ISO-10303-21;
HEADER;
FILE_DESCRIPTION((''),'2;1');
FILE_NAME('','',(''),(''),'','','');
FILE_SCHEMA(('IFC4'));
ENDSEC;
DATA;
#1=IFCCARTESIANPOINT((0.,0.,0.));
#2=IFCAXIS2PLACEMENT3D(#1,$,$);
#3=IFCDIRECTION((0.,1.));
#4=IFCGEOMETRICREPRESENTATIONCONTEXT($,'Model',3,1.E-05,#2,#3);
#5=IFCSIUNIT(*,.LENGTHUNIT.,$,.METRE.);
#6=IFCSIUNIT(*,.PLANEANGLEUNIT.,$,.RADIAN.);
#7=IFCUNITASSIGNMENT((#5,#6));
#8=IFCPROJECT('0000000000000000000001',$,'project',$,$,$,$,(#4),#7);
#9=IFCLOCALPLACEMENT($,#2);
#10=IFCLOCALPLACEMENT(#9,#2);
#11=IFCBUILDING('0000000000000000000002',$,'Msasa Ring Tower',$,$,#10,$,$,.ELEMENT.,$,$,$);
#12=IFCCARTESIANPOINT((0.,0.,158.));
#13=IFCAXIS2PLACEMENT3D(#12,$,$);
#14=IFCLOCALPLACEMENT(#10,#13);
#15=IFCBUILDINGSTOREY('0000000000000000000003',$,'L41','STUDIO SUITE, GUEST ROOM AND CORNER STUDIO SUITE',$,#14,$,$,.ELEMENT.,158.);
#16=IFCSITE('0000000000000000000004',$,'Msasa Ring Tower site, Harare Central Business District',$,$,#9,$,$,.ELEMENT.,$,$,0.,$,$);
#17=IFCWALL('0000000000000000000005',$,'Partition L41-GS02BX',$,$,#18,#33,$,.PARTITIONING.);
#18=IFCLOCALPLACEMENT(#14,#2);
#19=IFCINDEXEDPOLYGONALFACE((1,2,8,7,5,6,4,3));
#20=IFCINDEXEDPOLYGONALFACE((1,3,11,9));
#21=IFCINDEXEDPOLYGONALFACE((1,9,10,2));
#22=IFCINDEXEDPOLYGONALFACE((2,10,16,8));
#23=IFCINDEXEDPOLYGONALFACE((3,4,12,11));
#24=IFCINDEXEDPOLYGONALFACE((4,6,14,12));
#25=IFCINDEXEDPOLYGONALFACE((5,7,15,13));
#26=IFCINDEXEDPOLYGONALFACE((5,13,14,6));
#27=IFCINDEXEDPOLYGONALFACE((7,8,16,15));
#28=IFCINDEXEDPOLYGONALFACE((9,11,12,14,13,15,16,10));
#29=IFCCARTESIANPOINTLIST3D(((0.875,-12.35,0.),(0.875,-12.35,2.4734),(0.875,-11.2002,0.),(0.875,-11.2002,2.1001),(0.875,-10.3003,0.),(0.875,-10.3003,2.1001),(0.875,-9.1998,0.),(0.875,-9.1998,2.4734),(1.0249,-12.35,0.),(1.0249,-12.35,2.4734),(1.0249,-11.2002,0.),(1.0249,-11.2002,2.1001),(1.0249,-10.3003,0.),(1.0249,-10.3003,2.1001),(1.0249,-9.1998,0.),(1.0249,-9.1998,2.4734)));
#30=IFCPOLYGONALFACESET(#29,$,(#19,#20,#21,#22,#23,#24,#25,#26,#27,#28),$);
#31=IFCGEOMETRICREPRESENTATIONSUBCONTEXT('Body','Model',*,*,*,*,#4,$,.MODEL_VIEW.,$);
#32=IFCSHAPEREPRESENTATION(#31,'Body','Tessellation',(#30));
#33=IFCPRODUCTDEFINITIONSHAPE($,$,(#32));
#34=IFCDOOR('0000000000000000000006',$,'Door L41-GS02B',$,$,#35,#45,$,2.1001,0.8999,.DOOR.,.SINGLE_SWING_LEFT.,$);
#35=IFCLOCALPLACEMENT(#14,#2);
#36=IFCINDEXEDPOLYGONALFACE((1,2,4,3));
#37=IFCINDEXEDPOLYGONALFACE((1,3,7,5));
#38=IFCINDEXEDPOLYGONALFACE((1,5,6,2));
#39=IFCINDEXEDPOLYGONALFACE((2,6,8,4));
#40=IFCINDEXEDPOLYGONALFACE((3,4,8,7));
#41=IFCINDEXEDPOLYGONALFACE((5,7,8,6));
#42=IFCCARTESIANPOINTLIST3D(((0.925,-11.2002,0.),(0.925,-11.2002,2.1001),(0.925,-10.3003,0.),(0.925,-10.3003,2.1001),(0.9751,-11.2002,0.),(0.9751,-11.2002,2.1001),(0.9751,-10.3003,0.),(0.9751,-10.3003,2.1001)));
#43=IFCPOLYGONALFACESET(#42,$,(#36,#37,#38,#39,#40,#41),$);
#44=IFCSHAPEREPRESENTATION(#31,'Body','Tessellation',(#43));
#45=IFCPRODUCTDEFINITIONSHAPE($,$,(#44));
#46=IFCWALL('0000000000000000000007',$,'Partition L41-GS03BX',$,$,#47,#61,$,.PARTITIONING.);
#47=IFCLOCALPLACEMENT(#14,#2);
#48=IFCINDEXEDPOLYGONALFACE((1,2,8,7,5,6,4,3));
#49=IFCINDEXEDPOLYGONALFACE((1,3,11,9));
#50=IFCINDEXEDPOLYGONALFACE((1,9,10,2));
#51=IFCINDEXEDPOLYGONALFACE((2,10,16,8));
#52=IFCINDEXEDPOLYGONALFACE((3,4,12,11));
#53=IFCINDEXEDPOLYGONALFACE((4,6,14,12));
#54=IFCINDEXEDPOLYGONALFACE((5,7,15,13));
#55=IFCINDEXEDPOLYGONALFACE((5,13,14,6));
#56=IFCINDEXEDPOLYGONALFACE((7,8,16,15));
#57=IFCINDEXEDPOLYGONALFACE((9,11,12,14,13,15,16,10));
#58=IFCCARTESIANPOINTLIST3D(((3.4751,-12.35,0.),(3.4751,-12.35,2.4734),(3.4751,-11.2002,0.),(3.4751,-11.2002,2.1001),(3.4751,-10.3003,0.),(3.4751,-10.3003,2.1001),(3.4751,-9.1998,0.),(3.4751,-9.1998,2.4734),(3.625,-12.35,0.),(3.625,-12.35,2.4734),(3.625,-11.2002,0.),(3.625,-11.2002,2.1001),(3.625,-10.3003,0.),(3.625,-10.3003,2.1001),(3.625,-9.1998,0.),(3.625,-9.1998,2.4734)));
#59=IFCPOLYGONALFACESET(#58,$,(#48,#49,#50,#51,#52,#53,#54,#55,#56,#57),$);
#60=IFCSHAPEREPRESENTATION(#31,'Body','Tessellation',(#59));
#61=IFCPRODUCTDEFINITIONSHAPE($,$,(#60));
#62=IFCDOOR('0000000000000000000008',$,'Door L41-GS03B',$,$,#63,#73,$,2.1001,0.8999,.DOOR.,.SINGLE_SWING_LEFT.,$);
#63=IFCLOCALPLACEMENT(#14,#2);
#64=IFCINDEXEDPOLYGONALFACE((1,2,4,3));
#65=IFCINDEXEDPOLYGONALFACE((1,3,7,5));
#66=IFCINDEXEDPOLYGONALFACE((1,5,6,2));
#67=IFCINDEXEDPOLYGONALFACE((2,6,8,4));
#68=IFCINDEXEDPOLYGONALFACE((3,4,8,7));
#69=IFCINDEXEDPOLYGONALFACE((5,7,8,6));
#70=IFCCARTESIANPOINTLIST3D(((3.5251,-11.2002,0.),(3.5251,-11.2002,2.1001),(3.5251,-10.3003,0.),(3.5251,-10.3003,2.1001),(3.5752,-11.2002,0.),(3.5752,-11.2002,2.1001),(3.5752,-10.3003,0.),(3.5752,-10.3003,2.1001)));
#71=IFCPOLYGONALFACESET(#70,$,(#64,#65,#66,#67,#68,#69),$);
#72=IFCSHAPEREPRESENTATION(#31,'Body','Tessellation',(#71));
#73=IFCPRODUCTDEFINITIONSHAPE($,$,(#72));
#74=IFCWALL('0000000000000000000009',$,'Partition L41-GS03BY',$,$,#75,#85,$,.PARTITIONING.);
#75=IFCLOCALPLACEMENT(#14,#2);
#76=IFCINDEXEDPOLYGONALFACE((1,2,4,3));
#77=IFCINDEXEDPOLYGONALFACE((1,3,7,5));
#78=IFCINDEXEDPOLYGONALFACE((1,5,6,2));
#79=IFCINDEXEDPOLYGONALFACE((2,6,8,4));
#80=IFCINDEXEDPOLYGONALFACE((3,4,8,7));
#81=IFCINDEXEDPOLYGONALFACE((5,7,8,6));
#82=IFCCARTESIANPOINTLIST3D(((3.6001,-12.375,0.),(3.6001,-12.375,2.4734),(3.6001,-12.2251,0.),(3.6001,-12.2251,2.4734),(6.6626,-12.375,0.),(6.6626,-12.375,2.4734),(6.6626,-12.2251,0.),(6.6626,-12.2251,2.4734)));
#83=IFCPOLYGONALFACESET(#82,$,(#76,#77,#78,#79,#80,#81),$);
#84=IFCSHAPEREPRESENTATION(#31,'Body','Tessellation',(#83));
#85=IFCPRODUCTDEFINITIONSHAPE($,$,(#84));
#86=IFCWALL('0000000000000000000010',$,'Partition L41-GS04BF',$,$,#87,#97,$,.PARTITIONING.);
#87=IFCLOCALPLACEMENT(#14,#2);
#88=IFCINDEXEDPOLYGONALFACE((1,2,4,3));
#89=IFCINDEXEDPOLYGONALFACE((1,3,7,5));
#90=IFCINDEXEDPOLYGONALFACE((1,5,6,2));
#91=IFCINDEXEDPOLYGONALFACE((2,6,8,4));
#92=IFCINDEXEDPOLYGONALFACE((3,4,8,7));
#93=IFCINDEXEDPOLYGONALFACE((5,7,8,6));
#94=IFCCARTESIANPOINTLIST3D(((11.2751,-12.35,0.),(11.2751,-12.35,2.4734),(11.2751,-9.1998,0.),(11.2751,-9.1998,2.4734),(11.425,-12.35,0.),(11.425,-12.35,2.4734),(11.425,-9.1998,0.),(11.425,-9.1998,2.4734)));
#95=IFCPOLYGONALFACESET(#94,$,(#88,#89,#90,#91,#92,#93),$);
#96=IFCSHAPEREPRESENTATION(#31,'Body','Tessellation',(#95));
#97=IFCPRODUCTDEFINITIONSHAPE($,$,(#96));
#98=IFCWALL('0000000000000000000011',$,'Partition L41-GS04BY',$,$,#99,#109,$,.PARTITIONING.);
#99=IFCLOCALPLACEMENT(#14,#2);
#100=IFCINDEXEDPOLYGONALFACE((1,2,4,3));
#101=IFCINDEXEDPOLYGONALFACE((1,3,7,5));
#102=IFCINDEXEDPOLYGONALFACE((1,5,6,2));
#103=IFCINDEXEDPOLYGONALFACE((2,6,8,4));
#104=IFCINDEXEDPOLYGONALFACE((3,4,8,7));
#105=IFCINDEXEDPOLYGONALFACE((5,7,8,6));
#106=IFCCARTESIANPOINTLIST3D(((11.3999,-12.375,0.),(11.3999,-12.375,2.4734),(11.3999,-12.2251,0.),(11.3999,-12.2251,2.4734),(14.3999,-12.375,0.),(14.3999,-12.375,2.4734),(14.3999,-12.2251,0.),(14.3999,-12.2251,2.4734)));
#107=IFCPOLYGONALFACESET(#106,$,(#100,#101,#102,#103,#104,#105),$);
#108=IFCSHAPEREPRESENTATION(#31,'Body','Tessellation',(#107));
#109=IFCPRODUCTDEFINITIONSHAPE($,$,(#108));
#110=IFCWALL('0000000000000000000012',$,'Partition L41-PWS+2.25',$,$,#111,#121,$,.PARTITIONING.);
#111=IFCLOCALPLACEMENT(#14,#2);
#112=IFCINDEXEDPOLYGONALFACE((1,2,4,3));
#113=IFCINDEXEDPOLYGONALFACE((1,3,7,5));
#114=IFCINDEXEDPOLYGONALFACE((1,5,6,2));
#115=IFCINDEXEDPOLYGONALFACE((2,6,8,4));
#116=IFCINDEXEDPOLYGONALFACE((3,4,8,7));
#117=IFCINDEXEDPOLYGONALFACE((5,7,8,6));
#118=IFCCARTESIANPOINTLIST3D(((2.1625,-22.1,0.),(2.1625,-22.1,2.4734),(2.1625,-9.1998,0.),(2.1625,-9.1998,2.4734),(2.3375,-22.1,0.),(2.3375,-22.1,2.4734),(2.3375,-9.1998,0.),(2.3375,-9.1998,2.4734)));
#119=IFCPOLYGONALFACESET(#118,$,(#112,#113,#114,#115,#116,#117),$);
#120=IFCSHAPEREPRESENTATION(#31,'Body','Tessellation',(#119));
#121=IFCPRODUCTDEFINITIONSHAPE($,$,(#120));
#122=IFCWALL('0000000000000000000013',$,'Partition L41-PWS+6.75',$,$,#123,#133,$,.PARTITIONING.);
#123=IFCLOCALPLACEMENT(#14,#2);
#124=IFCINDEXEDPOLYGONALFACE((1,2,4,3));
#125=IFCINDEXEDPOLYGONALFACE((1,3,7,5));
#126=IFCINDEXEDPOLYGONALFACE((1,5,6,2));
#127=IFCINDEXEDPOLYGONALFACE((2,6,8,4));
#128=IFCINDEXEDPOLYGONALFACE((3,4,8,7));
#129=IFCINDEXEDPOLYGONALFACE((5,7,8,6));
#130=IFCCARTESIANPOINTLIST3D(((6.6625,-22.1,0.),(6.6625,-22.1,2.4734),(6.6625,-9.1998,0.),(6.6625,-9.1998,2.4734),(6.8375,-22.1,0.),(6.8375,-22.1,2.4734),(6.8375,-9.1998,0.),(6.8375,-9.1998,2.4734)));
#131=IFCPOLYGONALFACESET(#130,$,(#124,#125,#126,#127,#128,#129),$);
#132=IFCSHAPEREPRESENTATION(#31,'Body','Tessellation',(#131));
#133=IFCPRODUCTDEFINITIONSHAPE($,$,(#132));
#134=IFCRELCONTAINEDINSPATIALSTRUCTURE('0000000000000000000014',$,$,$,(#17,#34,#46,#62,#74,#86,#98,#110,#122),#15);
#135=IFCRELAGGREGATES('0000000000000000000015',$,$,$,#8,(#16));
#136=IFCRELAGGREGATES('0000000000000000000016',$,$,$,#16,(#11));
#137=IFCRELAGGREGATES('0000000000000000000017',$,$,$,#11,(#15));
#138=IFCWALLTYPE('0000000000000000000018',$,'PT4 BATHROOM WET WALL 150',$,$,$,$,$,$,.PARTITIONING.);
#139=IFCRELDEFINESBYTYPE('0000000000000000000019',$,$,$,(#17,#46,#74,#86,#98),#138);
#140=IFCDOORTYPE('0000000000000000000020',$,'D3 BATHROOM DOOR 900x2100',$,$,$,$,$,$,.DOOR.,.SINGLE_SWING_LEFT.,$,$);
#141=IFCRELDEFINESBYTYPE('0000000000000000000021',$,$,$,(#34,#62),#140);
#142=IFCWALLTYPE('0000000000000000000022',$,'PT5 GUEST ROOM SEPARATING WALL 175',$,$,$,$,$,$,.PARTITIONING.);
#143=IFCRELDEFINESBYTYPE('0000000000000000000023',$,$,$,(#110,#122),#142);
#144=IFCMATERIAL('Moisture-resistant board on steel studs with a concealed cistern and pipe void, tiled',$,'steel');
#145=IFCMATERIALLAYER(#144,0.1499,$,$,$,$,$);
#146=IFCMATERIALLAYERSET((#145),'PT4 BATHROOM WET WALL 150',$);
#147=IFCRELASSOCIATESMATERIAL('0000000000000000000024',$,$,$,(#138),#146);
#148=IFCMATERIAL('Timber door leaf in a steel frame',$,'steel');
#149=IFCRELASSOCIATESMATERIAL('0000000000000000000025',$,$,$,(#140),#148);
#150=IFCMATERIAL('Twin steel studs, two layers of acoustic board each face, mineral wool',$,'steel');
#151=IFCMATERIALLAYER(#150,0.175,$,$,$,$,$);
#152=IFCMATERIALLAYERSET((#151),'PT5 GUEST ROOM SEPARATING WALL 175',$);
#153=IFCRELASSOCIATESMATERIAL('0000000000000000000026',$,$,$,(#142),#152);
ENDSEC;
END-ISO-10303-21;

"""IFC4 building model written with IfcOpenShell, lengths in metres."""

from ifc_helpers import new_model, si_unit, direction, frame, frame_2d, origin, place, context, subcontext, project, spatial, rectangle, extrude, material, layer, layer_set, type_object, element, fill, save


model = new_model("IFC4")

# Units and contexts
model_context = context("Model", 3, precision=1e-05, world=origin(), true_north=direction((0.0, 1.0)))
body_context = subcontext(model_context, "Body", "Model", "MODEL_VIEW")
ifc_project = project(units=[si_unit("LENGTHUNIT", "METRE"), si_unit("PLANEANGLEUNIT", "RADIAN")], contexts=[model_context])

# Site, building, storey
site_placement = place(None, origin())
site = spatial("IfcSite", under=ifc_project, at=site_placement, Name="Msasa Ring Tower site, Harare Central Business District", CompositionType="ELEMENT", RefElevation=0.0)
building_placement = place(site_placement, origin())
building = spatial("IfcBuilding", under=site, at=building_placement, Name="Msasa Ring Tower", CompositionType="ELEMENT")
storey_placement = place(building_placement, frame((0.0, 0.0, 158.0)))
storey = spatial("IfcBuildingStorey", under=building, at=storey_placement, Name="L41", Description="STUDIO SUITE, GUEST ROOM AND CORNER STUDIO SUITE", CompositionType="ELEMENT", Elevation=158.0)

# Walls, openings, doors
ifc_material_1 = material(Name="Moisture-resistant board on steel studs with a concealed cistern and pipe void, tiled", Category="steel")
ifc_layer_1 = layer(ifc_material_1, 0.1499)
ifc_layer_set_1 = layer_set([ifc_layer_1], Name="PT4 BATHROOM WET WALL 150")
wall_type_1 = type_object("IfcWallType", Name="PT4 BATHROOM WET WALL 150", PredefinedType="PARTITIONING", material=ifc_layer_set_1)
wall_1_placement = place(storey_placement, frame((0.95, -12.3501, 0.0), z_axis=(0.0, 0.0, 1.0), x_axis=(0.0, 1.0, 0.0)))
wall_1 = element("IfcWall", 1, at=wall_1_placement, inside=storey, type_object=wall_type_1, Name="Partition L41-GS02BX", PredefinedType="PARTITIONING", context=body_context, shape_type="SweptSolid", body=[
    extrude(rectangle(XDim=3.1501, YDim=0.1499, at=frame_2d((1.5752, 0.0))), origin(), (0.0, 0.0, 1.0), 2.4734),
])
opening_1_placement = place(wall_1_placement, frame((1.1499, 0.0, 0.0)))
opening_1 = element("IfcOpeningElement", 2, at=opening_1_placement, cuts=wall_1, PredefinedType="OPENING", context=body_context, shape_type="SweptSolid", body=[
    extrude(rectangle(XDim=0.8999, YDim=2.1001, at=frame_2d((0.45, 1.05))), frame((0.0, 0.085, 0.0), z_axis=(0.0, -1.0, 0.0), x_axis=(1.0, 0.0, 0.0)), (0.0, 0.0, 1.0), 0.1699),
])
ifc_material_2 = material(Name="Timber door leaf in a steel frame", Category="steel")
door_type = type_object("IfcDoorType", Name="D3 BATHROOM DOOR 900x2100", OperationType="SINGLE_SWING_LEFT", PredefinedType="DOOR", material=ifc_material_2)
door_1_placement = place(opening_1_placement, origin())
door_1 = element("IfcDoor", 3, at=door_1_placement, inside=storey, type_object=door_type, Name="Door L41-GS02B", OperationType="SINGLE_SWING_LEFT", OverallHeight=2.1001, OverallWidth=0.8999, PredefinedType="DOOR", context=body_context, shape_type="SweptSolid", body=[
    extrude(rectangle(XDim=0.8999, YDim=2.1001, at=frame_2d((0.45, 1.05))), frame((0.0, 0.0249, 0.0), z_axis=(0.0, -1.0, 0.0), x_axis=(1.0, 0.0, 0.0)), (0.0, 0.0, 1.0), 0.05),
])
fill(opening_1, door_1)
wall_2_placement = place(storey_placement, frame((3.55, -12.3501, 0.0), z_axis=(0.0, 0.0, 1.0), x_axis=(0.0, 1.0, 0.0)))
wall_2 = element("IfcWall", 4, at=wall_2_placement, inside=storey, type_object=wall_type_1, Name="Partition L41-GS03BX", PredefinedType="PARTITIONING", context=body_context, shape_type="SweptSolid", body=[
    extrude(rectangle(XDim=3.1501, YDim=0.1499, at=frame_2d((1.5752, 0.0))), origin(), (0.0, 0.0, 1.0), 2.4734),
])
opening_2_placement = place(wall_2_placement, frame((1.1499, 0.0, 0.0)))
opening_2 = element("IfcOpeningElement", 5, at=opening_2_placement, cuts=wall_2, PredefinedType="OPENING", context=body_context, shape_type="SweptSolid", body=[
    extrude(rectangle(XDim=0.8999, YDim=2.1001, at=frame_2d((0.45, 1.05))), frame((0.0, 0.085, 0.0), z_axis=(0.0, -1.0, 0.0), x_axis=(1.0, 0.0, 0.0)), (0.0, 0.0, 1.0), 0.1699),
])
door_2_placement = place(opening_2_placement, origin())
door_2 = element("IfcDoor", 6, at=door_2_placement, inside=storey, type_object=door_type, Name="Door L41-GS03B", OperationType="SINGLE_SWING_LEFT", OverallHeight=2.1001, OverallWidth=0.8999, PredefinedType="DOOR", context=body_context, shape_type="SweptSolid", body=[
    extrude(rectangle(XDim=0.8999, YDim=2.1001, at=frame_2d((0.45, 1.05))), frame((0.0, 0.0249, 0.0), z_axis=(0.0, -1.0, 0.0), x_axis=(1.0, 0.0, 0.0)), (0.0, 0.0, 1.0), 0.05),
])
fill(opening_2, door_2)

# Walls
wall_3_placement = place(storey_placement, frame((3.6001, -12.3, 0.0), z_axis=(0.0, 0.0, 1.0), x_axis=(1.0, 0.0, 0.0)))
element("IfcWall", 7, at=wall_3_placement, inside=storey, type_object=wall_type_1, Name="Partition L41-GS03BY", PredefinedType="PARTITIONING", context=body_context, shape_type="SweptSolid", body=[
    extrude(rectangle(XDim=3.0625, YDim=0.1499, at=frame_2d((1.5312, 0.0))), origin(), (0.0, 0.0, 1.0), 2.4734),
])
wall_4_placement = place(storey_placement, frame((11.3501, -12.3501, 0.0), z_axis=(0.0, 0.0, 1.0), x_axis=(0.0, 1.0, 0.0)))
element("IfcWall", 8, at=wall_4_placement, inside=storey, type_object=wall_type_1, Name="Partition L41-GS04BF", PredefinedType="PARTITIONING", context=body_context, shape_type="SweptSolid", body=[
    extrude(rectangle(XDim=3.1501, YDim=0.1499, at=frame_2d((1.5752, 0.0))), origin(), (0.0, 0.0, 1.0), 2.4734),
])
wall_5_placement = place(storey_placement, frame((11.3999, -12.3, 0.0), z_axis=(0.0, 0.0, 1.0), x_axis=(1.0, 0.0, 0.0)))
element("IfcWall", 9, at=wall_5_placement, inside=storey, type_object=wall_type_1, Name="Partition L41-GS04BY", PredefinedType="PARTITIONING", context=body_context, shape_type="SweptSolid", body=[
    extrude(rectangle(XDim=3.0, YDim=0.1499, at=frame_2d((1.5, 0.0))), origin(), (0.0, 0.0, 1.0), 2.4734),
])
ifc_material_3 = material(Name="Twin steel studs, two layers of acoustic board each face, mineral wool", Category="steel")
ifc_layer_2 = layer(ifc_material_3, 0.175)
ifc_layer_set_2 = layer_set([ifc_layer_2], Name="PT5 GUEST ROOM SEPARATING WALL 175")
wall_type_2 = type_object("IfcWallType", Name="PT5 GUEST ROOM SEPARATING WALL 175", PredefinedType="PARTITIONING", material=ifc_layer_set_2)
for number, where, z_axis, x_axis, name in (
    (10, (2.25, -22.1001, 0.0), (0.0, 0.0, 1.0), (0.0, 1.0, 0.0), "Partition L41-PWS+2.25"),
    (11, (6.75, -22.1001, 0.0), (0.0, 0.0, 1.0), (0.0, 1.0, 0.0), "Partition L41-PWS+6.75"),
):
    element("IfcWall", number, at=place(storey_placement, frame(where, z_axis=z_axis, x_axis=x_axis)), inside=storey, type_object=wall_type_2, Name=name, PredefinedType="PARTITIONING", context=body_context, shape_type="SweptSolid", body=[
        extrude(rectangle(XDim=12.9001, YDim=0.175, at=frame_2d((6.4502, 0.0))), origin(), (0.0, 0.0, 1.0), 2.4734),
    ])

save(model, "model.ifc")
